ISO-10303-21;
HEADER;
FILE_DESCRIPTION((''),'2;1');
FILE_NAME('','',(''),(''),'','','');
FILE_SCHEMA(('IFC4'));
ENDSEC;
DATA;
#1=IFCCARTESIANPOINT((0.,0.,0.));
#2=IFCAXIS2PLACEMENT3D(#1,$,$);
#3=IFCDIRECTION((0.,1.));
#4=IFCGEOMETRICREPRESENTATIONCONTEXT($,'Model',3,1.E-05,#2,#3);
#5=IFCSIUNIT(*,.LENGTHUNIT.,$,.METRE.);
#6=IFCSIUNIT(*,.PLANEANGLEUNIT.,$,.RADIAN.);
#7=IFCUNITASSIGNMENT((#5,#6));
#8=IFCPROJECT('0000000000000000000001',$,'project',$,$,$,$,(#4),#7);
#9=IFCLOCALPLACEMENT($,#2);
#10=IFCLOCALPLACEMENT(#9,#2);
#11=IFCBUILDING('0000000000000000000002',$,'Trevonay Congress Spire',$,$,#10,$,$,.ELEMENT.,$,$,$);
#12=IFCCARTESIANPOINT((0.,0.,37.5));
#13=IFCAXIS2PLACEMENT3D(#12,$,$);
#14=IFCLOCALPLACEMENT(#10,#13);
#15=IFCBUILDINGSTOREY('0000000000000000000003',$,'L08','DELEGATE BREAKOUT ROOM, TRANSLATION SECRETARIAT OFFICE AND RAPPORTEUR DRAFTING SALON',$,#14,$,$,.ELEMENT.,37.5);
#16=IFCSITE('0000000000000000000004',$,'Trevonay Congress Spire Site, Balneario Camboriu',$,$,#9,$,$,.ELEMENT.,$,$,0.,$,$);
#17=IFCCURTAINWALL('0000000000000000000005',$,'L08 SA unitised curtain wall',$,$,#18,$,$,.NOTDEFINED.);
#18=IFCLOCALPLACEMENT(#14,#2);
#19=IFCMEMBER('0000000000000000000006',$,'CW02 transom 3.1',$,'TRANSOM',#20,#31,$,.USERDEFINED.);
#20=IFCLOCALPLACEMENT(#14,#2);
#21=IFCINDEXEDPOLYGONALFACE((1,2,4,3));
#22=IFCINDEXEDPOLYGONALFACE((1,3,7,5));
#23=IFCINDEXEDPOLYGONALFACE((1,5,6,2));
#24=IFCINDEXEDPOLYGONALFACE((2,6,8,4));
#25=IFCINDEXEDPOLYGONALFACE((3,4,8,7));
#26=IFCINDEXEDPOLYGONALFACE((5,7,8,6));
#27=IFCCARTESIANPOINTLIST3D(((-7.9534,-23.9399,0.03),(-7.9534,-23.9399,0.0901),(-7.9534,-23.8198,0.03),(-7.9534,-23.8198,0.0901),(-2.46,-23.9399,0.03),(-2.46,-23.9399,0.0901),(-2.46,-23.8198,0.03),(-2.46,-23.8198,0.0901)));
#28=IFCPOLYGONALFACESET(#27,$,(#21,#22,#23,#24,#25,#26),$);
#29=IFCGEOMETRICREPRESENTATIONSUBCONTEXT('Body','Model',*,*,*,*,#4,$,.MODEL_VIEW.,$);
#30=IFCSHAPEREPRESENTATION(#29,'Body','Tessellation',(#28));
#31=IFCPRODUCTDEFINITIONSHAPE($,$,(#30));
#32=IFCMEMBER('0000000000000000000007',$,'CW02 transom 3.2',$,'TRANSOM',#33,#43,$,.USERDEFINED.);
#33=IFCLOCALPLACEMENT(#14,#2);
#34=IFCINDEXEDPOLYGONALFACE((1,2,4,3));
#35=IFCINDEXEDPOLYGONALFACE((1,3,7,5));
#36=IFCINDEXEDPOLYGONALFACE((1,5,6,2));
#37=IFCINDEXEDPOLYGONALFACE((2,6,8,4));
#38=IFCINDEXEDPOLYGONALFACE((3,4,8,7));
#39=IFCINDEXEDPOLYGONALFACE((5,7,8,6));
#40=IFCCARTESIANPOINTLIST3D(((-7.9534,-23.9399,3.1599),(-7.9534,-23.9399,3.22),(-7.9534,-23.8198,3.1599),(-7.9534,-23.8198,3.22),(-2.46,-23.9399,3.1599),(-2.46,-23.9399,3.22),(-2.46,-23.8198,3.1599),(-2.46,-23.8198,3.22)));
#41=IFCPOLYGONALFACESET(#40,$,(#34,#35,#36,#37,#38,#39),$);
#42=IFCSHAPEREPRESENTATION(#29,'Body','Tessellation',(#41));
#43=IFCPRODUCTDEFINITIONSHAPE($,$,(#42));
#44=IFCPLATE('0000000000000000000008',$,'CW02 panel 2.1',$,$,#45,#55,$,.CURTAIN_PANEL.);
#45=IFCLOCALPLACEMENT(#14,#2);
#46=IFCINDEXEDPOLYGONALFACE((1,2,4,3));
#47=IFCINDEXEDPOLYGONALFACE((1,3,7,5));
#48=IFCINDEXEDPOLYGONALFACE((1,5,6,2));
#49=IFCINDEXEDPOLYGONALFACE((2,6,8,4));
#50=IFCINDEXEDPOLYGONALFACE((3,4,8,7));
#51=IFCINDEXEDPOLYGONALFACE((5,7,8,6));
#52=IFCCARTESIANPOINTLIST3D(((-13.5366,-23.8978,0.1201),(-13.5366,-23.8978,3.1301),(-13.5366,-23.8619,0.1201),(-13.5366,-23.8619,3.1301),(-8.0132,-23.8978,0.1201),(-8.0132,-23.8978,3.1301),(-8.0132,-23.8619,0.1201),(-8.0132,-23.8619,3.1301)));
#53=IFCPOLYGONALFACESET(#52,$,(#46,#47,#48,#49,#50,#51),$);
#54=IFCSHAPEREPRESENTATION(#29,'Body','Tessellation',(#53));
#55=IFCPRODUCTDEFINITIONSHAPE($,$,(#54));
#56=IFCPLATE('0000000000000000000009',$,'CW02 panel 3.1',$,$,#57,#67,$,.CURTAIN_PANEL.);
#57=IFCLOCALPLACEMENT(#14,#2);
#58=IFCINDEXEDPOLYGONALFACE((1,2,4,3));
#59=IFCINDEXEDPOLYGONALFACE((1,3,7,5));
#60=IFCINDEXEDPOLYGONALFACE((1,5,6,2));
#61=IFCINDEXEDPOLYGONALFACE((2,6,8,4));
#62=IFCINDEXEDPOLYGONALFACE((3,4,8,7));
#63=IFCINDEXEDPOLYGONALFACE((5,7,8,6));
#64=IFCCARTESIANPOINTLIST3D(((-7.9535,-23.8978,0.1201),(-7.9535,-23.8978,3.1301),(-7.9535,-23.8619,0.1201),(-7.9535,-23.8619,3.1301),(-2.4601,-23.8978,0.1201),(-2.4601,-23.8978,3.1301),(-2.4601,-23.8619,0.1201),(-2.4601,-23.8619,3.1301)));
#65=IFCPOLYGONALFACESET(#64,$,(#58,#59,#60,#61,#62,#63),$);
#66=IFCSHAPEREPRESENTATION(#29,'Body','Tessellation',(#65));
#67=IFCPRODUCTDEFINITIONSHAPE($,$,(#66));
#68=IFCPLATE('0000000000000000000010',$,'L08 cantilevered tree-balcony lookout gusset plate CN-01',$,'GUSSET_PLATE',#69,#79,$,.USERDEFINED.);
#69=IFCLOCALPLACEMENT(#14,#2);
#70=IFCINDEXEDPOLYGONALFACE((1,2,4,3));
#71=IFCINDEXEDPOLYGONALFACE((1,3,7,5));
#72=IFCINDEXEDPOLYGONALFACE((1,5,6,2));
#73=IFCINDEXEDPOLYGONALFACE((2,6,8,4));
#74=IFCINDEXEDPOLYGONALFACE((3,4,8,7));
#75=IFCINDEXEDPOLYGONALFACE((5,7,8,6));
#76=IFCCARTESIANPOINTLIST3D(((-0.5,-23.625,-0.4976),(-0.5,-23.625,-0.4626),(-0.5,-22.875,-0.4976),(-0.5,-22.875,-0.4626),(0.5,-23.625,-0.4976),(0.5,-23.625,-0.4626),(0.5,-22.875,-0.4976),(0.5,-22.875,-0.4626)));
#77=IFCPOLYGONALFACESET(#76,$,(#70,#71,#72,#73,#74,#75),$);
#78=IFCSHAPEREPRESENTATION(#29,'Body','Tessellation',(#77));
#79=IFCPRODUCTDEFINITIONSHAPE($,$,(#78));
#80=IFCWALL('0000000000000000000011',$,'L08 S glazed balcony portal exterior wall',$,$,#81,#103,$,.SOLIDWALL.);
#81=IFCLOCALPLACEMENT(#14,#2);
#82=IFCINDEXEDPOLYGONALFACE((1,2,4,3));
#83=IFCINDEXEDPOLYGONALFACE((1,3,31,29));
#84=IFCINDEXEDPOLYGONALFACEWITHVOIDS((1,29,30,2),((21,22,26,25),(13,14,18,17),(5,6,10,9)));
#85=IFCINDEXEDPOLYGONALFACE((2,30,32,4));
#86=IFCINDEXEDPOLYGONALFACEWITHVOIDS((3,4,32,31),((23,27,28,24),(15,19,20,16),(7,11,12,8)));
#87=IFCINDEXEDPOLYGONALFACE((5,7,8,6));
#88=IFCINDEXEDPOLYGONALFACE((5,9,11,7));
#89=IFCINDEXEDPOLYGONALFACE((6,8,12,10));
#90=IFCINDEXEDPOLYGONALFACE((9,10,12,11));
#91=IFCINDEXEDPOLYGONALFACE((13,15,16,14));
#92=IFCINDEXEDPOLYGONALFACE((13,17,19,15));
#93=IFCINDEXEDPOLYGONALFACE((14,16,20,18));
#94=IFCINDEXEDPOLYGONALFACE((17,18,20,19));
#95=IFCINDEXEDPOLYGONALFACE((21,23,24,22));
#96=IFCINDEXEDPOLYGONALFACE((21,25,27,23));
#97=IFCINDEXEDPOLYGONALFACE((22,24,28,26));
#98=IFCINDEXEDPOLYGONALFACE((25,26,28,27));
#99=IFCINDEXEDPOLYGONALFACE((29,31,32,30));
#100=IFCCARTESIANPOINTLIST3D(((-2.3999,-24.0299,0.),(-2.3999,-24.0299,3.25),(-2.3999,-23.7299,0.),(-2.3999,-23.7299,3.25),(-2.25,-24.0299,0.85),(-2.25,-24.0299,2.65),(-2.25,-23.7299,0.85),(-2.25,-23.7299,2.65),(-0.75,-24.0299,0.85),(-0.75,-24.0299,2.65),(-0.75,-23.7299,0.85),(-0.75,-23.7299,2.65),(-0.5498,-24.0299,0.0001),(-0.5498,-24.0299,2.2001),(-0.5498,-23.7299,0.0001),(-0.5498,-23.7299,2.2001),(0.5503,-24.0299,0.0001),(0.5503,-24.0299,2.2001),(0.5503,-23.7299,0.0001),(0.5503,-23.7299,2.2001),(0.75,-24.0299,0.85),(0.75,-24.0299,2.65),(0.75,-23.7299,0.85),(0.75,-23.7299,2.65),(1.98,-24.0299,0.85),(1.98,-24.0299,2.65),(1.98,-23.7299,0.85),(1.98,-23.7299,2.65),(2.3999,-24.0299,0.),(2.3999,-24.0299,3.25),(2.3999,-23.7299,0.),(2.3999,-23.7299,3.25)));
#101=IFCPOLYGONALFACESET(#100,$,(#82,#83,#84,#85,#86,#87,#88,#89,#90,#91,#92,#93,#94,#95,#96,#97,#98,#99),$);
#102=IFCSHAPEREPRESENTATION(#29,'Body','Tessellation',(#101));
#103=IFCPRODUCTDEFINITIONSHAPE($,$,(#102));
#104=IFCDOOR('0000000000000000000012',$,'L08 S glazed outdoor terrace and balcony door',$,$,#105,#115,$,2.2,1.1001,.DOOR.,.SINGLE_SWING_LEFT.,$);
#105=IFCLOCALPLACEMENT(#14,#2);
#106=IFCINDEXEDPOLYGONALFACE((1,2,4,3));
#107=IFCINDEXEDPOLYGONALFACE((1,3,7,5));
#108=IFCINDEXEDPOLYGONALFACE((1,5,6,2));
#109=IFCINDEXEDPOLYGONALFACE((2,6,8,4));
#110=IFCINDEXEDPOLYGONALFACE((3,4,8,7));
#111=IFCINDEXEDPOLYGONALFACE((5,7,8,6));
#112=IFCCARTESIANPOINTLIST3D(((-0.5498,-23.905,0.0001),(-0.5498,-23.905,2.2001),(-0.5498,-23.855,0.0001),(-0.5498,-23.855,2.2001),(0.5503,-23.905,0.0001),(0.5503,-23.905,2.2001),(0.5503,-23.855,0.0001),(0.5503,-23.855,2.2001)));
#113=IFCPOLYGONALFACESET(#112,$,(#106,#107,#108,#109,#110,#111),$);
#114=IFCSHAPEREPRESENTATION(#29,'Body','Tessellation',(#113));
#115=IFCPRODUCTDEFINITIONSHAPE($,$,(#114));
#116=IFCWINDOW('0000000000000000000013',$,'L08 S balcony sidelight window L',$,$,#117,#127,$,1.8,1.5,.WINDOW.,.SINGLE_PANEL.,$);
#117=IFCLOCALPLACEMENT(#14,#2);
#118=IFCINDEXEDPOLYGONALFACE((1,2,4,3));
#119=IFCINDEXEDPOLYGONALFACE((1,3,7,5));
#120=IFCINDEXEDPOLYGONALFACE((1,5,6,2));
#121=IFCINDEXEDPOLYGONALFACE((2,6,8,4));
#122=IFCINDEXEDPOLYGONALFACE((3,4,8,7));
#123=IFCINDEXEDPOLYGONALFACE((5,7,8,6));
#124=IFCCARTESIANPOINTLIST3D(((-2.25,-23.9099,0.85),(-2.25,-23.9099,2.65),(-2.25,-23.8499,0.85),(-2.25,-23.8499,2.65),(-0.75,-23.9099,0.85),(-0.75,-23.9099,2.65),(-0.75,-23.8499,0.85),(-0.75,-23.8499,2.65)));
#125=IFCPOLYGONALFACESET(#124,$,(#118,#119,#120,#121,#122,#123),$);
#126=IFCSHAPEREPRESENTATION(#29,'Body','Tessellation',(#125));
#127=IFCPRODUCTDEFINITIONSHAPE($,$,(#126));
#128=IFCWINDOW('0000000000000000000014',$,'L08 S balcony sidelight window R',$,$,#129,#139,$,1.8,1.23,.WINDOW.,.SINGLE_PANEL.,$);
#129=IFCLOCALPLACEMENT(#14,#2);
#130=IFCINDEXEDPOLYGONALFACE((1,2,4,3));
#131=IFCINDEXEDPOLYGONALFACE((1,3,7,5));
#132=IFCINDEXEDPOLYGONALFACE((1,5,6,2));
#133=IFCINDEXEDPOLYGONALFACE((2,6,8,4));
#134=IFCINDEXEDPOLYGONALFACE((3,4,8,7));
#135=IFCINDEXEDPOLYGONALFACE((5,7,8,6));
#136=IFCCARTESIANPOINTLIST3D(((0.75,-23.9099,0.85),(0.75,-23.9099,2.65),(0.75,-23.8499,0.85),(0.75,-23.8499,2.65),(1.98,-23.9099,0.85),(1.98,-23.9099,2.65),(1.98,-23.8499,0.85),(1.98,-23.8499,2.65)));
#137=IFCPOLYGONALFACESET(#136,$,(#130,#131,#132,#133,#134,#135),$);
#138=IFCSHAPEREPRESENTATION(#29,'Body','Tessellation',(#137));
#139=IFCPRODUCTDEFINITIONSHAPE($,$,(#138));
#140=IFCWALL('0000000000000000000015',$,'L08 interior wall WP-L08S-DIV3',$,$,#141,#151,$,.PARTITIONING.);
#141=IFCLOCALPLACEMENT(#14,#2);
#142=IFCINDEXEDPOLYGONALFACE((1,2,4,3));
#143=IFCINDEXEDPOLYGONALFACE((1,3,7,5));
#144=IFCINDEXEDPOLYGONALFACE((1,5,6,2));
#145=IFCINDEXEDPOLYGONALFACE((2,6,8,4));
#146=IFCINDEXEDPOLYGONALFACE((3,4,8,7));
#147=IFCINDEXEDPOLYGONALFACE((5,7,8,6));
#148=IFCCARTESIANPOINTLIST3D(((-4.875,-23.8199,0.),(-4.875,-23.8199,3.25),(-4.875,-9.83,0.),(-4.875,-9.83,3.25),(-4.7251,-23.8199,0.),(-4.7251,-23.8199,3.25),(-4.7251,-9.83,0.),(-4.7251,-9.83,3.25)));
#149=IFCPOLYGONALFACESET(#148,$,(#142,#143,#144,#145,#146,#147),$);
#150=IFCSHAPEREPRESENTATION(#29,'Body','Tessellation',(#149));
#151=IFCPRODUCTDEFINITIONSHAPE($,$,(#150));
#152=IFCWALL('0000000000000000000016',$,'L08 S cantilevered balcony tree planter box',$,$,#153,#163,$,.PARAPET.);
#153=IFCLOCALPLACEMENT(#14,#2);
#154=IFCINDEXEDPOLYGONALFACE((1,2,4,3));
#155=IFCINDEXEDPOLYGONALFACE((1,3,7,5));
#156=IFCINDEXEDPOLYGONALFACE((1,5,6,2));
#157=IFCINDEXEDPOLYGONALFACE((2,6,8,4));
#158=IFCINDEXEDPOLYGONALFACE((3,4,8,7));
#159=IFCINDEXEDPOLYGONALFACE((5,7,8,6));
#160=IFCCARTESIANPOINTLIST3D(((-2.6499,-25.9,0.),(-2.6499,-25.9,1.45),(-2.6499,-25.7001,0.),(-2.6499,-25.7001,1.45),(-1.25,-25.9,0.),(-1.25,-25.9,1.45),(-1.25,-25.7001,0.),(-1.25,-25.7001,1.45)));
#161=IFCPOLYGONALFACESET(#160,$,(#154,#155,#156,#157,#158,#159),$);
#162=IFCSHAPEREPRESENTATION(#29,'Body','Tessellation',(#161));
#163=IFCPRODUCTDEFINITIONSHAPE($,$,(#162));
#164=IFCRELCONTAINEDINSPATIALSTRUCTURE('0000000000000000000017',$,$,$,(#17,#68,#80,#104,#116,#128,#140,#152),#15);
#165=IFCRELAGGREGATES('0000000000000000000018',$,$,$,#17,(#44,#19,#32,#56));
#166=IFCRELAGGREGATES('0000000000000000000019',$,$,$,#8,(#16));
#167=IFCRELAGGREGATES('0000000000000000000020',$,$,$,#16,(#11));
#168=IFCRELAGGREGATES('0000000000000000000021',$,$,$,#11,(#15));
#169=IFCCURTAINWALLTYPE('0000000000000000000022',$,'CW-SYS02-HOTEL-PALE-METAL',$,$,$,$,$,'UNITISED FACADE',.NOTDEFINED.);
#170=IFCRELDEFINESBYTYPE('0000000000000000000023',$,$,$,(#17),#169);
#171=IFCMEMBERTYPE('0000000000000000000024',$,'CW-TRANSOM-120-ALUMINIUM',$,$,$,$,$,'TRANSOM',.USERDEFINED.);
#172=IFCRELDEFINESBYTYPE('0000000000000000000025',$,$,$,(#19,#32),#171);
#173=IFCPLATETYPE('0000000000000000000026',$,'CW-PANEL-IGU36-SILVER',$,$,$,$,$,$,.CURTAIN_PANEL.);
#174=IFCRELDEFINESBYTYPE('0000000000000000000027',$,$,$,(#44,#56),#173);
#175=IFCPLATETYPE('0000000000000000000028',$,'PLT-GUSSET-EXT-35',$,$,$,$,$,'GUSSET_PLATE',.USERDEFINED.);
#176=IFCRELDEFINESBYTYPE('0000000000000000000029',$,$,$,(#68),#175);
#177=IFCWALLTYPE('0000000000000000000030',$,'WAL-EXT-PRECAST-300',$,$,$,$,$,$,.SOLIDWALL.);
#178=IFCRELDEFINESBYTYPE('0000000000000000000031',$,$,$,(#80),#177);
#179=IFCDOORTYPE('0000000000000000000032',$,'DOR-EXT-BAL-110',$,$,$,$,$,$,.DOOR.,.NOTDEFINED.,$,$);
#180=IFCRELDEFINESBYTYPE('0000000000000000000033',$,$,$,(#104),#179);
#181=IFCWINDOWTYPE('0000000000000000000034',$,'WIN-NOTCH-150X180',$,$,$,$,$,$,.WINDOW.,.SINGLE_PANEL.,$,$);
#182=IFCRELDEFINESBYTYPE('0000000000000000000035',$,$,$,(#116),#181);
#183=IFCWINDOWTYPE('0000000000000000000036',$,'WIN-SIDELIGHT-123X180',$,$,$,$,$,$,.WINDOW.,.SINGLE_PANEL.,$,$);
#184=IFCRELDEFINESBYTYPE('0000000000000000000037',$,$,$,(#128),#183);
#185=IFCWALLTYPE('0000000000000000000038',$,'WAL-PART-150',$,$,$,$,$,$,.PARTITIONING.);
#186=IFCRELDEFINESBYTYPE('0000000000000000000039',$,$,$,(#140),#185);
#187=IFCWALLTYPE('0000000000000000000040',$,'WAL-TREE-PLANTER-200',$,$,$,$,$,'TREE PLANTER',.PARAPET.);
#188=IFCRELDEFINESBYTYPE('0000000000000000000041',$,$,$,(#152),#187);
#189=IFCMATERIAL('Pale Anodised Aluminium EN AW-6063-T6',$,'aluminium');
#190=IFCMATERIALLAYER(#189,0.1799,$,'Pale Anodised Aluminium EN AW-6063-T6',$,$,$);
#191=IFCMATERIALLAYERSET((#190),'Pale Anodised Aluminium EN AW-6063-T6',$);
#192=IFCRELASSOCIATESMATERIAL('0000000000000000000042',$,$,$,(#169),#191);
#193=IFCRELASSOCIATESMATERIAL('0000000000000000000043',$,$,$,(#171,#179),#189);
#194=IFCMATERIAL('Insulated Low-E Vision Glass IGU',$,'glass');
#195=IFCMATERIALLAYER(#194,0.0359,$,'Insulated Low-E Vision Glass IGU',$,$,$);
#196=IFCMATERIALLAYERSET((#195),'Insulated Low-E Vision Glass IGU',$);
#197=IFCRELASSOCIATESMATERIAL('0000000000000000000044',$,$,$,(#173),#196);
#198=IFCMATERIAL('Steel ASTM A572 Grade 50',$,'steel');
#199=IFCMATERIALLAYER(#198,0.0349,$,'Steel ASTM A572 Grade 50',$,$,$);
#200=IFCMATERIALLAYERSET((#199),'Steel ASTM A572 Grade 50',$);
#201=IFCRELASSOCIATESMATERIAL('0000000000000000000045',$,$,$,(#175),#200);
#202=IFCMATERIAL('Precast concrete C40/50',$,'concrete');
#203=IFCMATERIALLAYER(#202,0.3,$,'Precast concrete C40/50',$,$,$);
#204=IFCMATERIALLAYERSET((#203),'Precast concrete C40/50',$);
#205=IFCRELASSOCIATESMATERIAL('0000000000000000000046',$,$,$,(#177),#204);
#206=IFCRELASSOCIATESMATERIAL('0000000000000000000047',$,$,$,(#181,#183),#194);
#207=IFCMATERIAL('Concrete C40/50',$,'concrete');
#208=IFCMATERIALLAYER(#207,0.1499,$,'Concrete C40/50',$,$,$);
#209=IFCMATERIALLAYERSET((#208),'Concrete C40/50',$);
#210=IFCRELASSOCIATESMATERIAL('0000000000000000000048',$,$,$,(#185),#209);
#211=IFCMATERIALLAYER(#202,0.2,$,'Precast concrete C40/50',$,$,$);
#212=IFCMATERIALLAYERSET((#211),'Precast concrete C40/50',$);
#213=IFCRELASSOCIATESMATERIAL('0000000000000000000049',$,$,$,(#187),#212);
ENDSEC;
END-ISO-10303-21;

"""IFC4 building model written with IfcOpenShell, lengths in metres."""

from ifc_helpers import new_model, si_unit, direction, frame, frame_2d, origin, origin_2d, place, context, subcontext, project, spatial, rectangle, extrude, material, layer, layer_set, material_profile, profile_set, type_object, element, fill, aggregate, save


model = new_model("IFC4")

# Units and contexts
model_context = context("Model", 3, precision=1e-05, world=origin(), true_north=direction((0.0, 1.0)))
body_context = subcontext(model_context, "Body", "Model", "MODEL_VIEW")
ifc_project = project(units=[si_unit("LENGTHUNIT", "METRE"), si_unit("PLANEANGLEUNIT", "RADIAN")], contexts=[model_context])

# Site, building, storey
site_placement = place(None, origin())
site = spatial("IfcSite", under=ifc_project, at=site_placement, Name="Trevonay Congress Spire Site, Balneario Camboriu", CompositionType="ELEMENT", RefElevation=0.0)
building_placement = place(site_placement, origin())
building = spatial("IfcBuilding", under=site, at=building_placement, Name="Trevonay Congress Spire", CompositionType="ELEMENT")
storey_placement = place(building_placement, frame((0.0, 0.0, 37.5)))
storey = spatial("IfcBuildingStorey", under=building, at=storey_placement, Name="L08", Description="DELEGATE BREAKOUT ROOM, TRANSLATION SECRETARIAT OFFICE AND RAPPORTEUR DRAFTING SALON", CompositionType="ELEMENT", Elevation=37.5)

# Shared definitions
ifc_material_1 = material(Name="Steel ASTM A572 Grade 50", Category="steel")

# Curtain wall, members, plates
ifc_material_2 = material(Name="Pale Anodised Aluminium EN AW-6063-T6", Category="aluminium")
ifc_layer_1 = layer(ifc_material_2, 0.1799, Name="Pale Anodised Aluminium EN AW-6063-T6")
ifc_layer_set_1 = layer_set([ifc_layer_1], Name="Pale Anodised Aluminium EN AW-6063-T6")
curtain_wall_type = type_object("IfcCurtainWallType", Name="CW-SYS02-HOTEL-PALE-METAL", ElementType="UNITISED FACADE", PredefinedType="NOTDEFINED", material=ifc_layer_set_1)
curtain_wall_placement = place(storey_placement, origin())
curtain_wall = element("IfcCurtainWall", 1, at=curtain_wall_placement, inside=storey, type_object=curtain_wall_type, Name="L08 SA unitised curtain wall", PredefinedType="NOTDEFINED")
ifc_material_profile_1 = material_profile(ifc_material_2, rectangle(XDim=0.1201, YDim=0.0601, at=origin_2d()), Name="CW-TRANSOM-120-ALUMINIUM")
ifc_profile_set_1 = profile_set([ifc_material_profile_1], Name="Pale Anodised Aluminium EN AW-6063-T6")
member_type_1 = type_object("IfcMemberType", Name="CW-TRANSOM-120-ALUMINIUM", ElementType="TRANSOM", PredefinedType="USERDEFINED", material=ifc_profile_set_1)
member_1_placement = place(storey_placement, frame((-7.9534, -23.8799, 0.0601), z_axis=(1.0, 0.0, 0.0), x_axis=(0.0, 1.0, 0.0)))
member_1 = element("IfcMember", 2, at=member_1_placement, type_object=member_type_1, Name="CW02 transom 3.1", ObjectType="TRANSOM", PredefinedType="USERDEFINED", context=body_context, shape_type="SweptSolid", body=[
    extrude(rectangle(XDim=0.1201, YDim=0.0601, at=origin_2d()), origin(), (0.0, 0.0, 1.0), 5.4934),
])
member_2_placement = place(storey_placement, frame((-7.9534, -23.8799, 3.1899), z_axis=(1.0, 0.0, 0.0), x_axis=(0.0, 1.0, 0.0)))
member_2 = element("IfcMember", 3, at=member_2_placement, type_object=member_type_1, Name="CW02 transom 3.2", ObjectType="TRANSOM", PredefinedType="USERDEFINED", context=body_context, shape_type="SweptSolid", body=[
    extrude(rectangle(XDim=0.1201, YDim=0.0601, at=origin_2d()), origin(), (0.0, 0.0, 1.0), 5.4934),
])
ifc_material_3 = material(Name="Insulated Low-E Vision Glass IGU", Category="glass")
ifc_layer_2 = layer(ifc_material_3, 0.0359, Name="Insulated Low-E Vision Glass IGU")
ifc_layer_set_2 = layer_set([ifc_layer_2], Name="Insulated Low-E Vision Glass IGU")
plate_type_1 = type_object("IfcPlateType", Name="CW-PANEL-IGU36-SILVER", PredefinedType="CURTAIN_PANEL", material=ifc_layer_set_2)
plate_1_placement = place(storey_placement, frame((-10.7749, -23.8799, 0.1201), z_axis=(0.0, 0.0, 1.0), x_axis=(1.0, 0.0, 0.0)))
plate_1 = element("IfcPlate", 4, at=plate_1_placement, type_object=plate_type_1, Name="CW02 panel 2.1", PredefinedType="CURTAIN_PANEL", context=body_context, shape_type="SweptSolid", body=[
    extrude(rectangle(XDim=5.5234, YDim=0.0359, at=origin_2d()), origin(), (0.0, 0.0, 1.0), 3.01),
])
plate_2_placement = place(storey_placement, frame((-5.2068, -23.8799, 0.1201), z_axis=(0.0, 0.0, 1.0), x_axis=(1.0, 0.0, 0.0)))
plate_2 = element("IfcPlate", 5, at=plate_2_placement, type_object=plate_type_1, Name="CW02 panel 3.1", PredefinedType="CURTAIN_PANEL", context=body_context, shape_type="SweptSolid", body=[
    extrude(rectangle(XDim=5.4934, YDim=0.0359, at=origin_2d()), origin(), (0.0, 0.0, 1.0), 3.01),
])
aggregate(curtain_wall, [plate_1, member_1, member_2, plate_2])

# Plate
ifc_layer_3 = layer(ifc_material_1, 0.0349, Name="Steel ASTM A572 Grade 50")
ifc_layer_set_3 = layer_set([ifc_layer_3], Name="Steel ASTM A572 Grade 50")
plate_type_2 = type_object("IfcPlateType", Name="PLT-GUSSET-EXT-35", ElementType="GUSSET_PLATE", PredefinedType="USERDEFINED", material=ifc_layer_set_3)
plate_3_placement = place(storey_placement, frame((0.0, -23.25, -0.4976), z_axis=(0.0, 0.0, 1.0), x_axis=(1.0, 0.0, 0.0)))
element("IfcPlate", 6, at=plate_3_placement, inside=storey, type_object=plate_type_2, Name="L08 cantilevered tree-balcony lookout gusset plate CN-01", ObjectType="GUSSET_PLATE", PredefinedType="USERDEFINED", context=body_context, shape_type="SweptSolid", body=[
    extrude(rectangle(XDim=1.0, YDim=0.75, at=origin_2d()), origin(), (0.0, 0.0, 1.0), 0.0349),
])

# Wall, openings, door, windows
ifc_material_4 = material(Name="Precast concrete C40/50", Category="concrete")
ifc_layer_4 = layer(ifc_material_4, 0.3, Name="Precast concrete C40/50")
ifc_layer_set_4 = layer_set([ifc_layer_4], Name="Precast concrete C40/50")
wall_type_1 = type_object("IfcWallType", Name="WAL-EXT-PRECAST-300", PredefinedType="SOLIDWALL", material=ifc_layer_set_4)
wall_1_placement = place(storey_placement, frame((-2.3999, -23.8799, 0.0), z_axis=(0.0, 0.0, 1.0), x_axis=(1.0, 0.0, 0.0)))
wall_1 = element("IfcWall", 7, at=wall_1_placement, inside=storey, type_object=wall_type_1, Name="L08 S glazed balcony portal exterior wall", PredefinedType="SOLIDWALL", context=body_context, shape_type="SweptSolid", body=[
    extrude(rectangle(XDim=4.7998, YDim=0.3, at=frame_2d((2.3999, 0.0))), origin(), (0.0, 0.0, 1.0), 3.25),
])
opening_1_placement = place(wall_1_placement, frame((1.8501, 0.0, 0.0)))
opening_1 = element("IfcOpeningElement", 8, at=opening_1_placement, cuts=wall_1, PredefinedType="OPENING", context=body_context, shape_type="SweptSolid", body=[
    extrude(rectangle(XDim=1.1001, YDim=2.2, at=frame_2d((0.55, 1.1001))), frame((0.0, 0.1602, 0.0), z_axis=(0.0, -1.0, 0.0), x_axis=(1.0, 0.0, 0.0)), (0.0, 0.0, 1.0), 0.3201),
])
opening_2_placement = place(wall_1_placement, frame((0.1499, 0.0, 0.8501)))
opening_2 = element("IfcOpeningElement", 9, at=opening_2_placement, cuts=wall_1, PredefinedType="OPENING", context=body_context, shape_type="SweptSolid", body=[
    extrude(rectangle(XDim=1.5, YDim=1.8, at=frame_2d((0.75, 0.8999))), frame((0.0, 0.1602, 0.0), z_axis=(0.0, -1.0, 0.0), x_axis=(1.0, 0.0, 0.0)), (0.0, 0.0, 1.0), 0.3201),
])
opening_3_placement = place(wall_1_placement, frame((3.1499, 0.0, 0.8501)))
opening_3 = element("IfcOpeningElement", 10, at=opening_3_placement, cuts=wall_1, PredefinedType="OPENING", context=body_context, shape_type="SweptSolid", body=[
    extrude(rectangle(XDim=1.23, YDim=1.8, at=frame_2d((0.615, 0.8999))), frame((0.0, 0.1602, 0.0), z_axis=(0.0, -1.0, 0.0), x_axis=(1.0, 0.0, 0.0)), (0.0, 0.0, 1.0), 0.3201),
])
door_type = type_object("IfcDoorType", Name="DOR-EXT-BAL-110", OperationType="NOTDEFINED", PredefinedType="DOOR", material=ifc_material_2)
door_placement = place(opening_1_placement, origin())
door = element("IfcDoor", 11, at=door_placement, inside=storey, type_object=door_type, Name="L08 S glazed outdoor terrace and balcony door", OperationType="SINGLE_SWING_LEFT", OverallHeight=2.2, OverallWidth=1.1001, PredefinedType="DOOR", context=body_context, shape_type="SweptSolid", body=[
    extrude(rectangle(XDim=1.1001, YDim=2.2, at=frame_2d((0.55, 1.1001))), frame((0.0, 0.0249, 0.0), z_axis=(0.0, -1.0, 0.0), x_axis=(1.0, 0.0, 0.0)), (0.0, 0.0, 1.0), 0.05),
])
fill(opening_1, door)
window_type_1 = type_object("IfcWindowType", Name="WIN-NOTCH-150X180", PartitioningType="SINGLE_PANEL", PredefinedType="WINDOW", material=ifc_material_3)
window_1_placement = place(opening_2_placement, origin())
window_1 = element("IfcWindow", 12, at=window_1_placement, inside=storey, type_object=window_type_1, Name="L08 S balcony sidelight window L", OverallHeight=1.8, OverallWidth=1.5, PartitioningType="SINGLE_PANEL", PredefinedType="WINDOW", context=body_context, shape_type="SweptSolid", body=[
    extrude(rectangle(XDim=1.5, YDim=1.8, at=frame_2d((0.75, 0.8999))), frame((0.0, 0.03, 0.0), z_axis=(0.0, -1.0, 0.0), x_axis=(1.0, 0.0, 0.0)), (0.0, 0.0, 1.0), 0.0601),
])
fill(opening_2, window_1)
window_type_2 = type_object("IfcWindowType", Name="WIN-SIDELIGHT-123X180", PartitioningType="SINGLE_PANEL", PredefinedType="WINDOW", material=ifc_material_3)
window_2_placement = place(opening_3_placement, origin())
window_2 = element("IfcWindow", 13, at=window_2_placement, inside=storey, type_object=window_type_2, Name="L08 S balcony sidelight window R", OverallHeight=1.8, OverallWidth=1.23, PartitioningType="SINGLE_PANEL", PredefinedType="WINDOW", context=body_context, shape_type="SweptSolid", body=[
    extrude(rectangle(XDim=1.23, YDim=1.8, at=frame_2d((0.615, 0.8999))), frame((0.0, 0.03, 0.0), z_axis=(0.0, -1.0, 0.0), x_axis=(1.0, 0.0, 0.0)), (0.0, 0.0, 1.0), 0.0601),
])
fill(opening_3, window_2)

# Walls
ifc_material_5 = material(Name="Concrete C40/50", Category="concrete")
ifc_layer_5 = layer(ifc_material_5, 0.1499, Name="Concrete C40/50")
ifc_layer_set_5 = layer_set([ifc_layer_5], Name="Concrete C40/50")
wall_type_2 = type_object("IfcWallType", Name="WAL-PART-150", PredefinedType="PARTITIONING", material=ifc_layer_set_5)
wall_2_placement = place(storey_placement, frame((-4.8, -23.8201, 0.0), z_axis=(0.0, 0.0, 1.0), x_axis=(0.0, 1.0, 0.0)))
element("IfcWall", 14, at=wall_2_placement, inside=storey, type_object=wall_type_2, Name="L08 interior wall WP-L08S-DIV3", PredefinedType="PARTITIONING", context=body_context, shape_type="SweptSolid", body=[
    extrude(rectangle(XDim=13.99, YDim=0.1499, at=frame_2d((6.9951, 0.0))), origin(), (0.0, 0.0, 1.0), 3.25),
])
ifc_layer_6 = layer(ifc_material_4, 0.2, Name="Precast concrete C40/50")
ifc_layer_set_6 = layer_set([ifc_layer_6], Name="Precast concrete C40/50")
wall_type_3 = type_object("IfcWallType", Name="WAL-TREE-PLANTER-200", ElementType="TREE PLANTER", PredefinedType="PARAPET", material=ifc_layer_set_6)
wall_3_placement = place(storey_placement, frame((-2.6499, -25.8, 0.0), z_axis=(0.0, 0.0, 1.0), x_axis=(1.0, 0.0, 0.0)))
element("IfcWall", 15, at=wall_3_placement, inside=storey, type_object=wall_type_3, Name="L08 S cantilevered balcony tree planter box", PredefinedType="PARAPET", context=body_context, shape_type="SweptSolid", body=[
    extrude(rectangle(XDim=1.3999, YDim=0.2, at=frame_2d((0.7, 0.0))), origin(), (0.0, 0.0, 1.0), 1.45),
])

save(model, "model.ifc")
